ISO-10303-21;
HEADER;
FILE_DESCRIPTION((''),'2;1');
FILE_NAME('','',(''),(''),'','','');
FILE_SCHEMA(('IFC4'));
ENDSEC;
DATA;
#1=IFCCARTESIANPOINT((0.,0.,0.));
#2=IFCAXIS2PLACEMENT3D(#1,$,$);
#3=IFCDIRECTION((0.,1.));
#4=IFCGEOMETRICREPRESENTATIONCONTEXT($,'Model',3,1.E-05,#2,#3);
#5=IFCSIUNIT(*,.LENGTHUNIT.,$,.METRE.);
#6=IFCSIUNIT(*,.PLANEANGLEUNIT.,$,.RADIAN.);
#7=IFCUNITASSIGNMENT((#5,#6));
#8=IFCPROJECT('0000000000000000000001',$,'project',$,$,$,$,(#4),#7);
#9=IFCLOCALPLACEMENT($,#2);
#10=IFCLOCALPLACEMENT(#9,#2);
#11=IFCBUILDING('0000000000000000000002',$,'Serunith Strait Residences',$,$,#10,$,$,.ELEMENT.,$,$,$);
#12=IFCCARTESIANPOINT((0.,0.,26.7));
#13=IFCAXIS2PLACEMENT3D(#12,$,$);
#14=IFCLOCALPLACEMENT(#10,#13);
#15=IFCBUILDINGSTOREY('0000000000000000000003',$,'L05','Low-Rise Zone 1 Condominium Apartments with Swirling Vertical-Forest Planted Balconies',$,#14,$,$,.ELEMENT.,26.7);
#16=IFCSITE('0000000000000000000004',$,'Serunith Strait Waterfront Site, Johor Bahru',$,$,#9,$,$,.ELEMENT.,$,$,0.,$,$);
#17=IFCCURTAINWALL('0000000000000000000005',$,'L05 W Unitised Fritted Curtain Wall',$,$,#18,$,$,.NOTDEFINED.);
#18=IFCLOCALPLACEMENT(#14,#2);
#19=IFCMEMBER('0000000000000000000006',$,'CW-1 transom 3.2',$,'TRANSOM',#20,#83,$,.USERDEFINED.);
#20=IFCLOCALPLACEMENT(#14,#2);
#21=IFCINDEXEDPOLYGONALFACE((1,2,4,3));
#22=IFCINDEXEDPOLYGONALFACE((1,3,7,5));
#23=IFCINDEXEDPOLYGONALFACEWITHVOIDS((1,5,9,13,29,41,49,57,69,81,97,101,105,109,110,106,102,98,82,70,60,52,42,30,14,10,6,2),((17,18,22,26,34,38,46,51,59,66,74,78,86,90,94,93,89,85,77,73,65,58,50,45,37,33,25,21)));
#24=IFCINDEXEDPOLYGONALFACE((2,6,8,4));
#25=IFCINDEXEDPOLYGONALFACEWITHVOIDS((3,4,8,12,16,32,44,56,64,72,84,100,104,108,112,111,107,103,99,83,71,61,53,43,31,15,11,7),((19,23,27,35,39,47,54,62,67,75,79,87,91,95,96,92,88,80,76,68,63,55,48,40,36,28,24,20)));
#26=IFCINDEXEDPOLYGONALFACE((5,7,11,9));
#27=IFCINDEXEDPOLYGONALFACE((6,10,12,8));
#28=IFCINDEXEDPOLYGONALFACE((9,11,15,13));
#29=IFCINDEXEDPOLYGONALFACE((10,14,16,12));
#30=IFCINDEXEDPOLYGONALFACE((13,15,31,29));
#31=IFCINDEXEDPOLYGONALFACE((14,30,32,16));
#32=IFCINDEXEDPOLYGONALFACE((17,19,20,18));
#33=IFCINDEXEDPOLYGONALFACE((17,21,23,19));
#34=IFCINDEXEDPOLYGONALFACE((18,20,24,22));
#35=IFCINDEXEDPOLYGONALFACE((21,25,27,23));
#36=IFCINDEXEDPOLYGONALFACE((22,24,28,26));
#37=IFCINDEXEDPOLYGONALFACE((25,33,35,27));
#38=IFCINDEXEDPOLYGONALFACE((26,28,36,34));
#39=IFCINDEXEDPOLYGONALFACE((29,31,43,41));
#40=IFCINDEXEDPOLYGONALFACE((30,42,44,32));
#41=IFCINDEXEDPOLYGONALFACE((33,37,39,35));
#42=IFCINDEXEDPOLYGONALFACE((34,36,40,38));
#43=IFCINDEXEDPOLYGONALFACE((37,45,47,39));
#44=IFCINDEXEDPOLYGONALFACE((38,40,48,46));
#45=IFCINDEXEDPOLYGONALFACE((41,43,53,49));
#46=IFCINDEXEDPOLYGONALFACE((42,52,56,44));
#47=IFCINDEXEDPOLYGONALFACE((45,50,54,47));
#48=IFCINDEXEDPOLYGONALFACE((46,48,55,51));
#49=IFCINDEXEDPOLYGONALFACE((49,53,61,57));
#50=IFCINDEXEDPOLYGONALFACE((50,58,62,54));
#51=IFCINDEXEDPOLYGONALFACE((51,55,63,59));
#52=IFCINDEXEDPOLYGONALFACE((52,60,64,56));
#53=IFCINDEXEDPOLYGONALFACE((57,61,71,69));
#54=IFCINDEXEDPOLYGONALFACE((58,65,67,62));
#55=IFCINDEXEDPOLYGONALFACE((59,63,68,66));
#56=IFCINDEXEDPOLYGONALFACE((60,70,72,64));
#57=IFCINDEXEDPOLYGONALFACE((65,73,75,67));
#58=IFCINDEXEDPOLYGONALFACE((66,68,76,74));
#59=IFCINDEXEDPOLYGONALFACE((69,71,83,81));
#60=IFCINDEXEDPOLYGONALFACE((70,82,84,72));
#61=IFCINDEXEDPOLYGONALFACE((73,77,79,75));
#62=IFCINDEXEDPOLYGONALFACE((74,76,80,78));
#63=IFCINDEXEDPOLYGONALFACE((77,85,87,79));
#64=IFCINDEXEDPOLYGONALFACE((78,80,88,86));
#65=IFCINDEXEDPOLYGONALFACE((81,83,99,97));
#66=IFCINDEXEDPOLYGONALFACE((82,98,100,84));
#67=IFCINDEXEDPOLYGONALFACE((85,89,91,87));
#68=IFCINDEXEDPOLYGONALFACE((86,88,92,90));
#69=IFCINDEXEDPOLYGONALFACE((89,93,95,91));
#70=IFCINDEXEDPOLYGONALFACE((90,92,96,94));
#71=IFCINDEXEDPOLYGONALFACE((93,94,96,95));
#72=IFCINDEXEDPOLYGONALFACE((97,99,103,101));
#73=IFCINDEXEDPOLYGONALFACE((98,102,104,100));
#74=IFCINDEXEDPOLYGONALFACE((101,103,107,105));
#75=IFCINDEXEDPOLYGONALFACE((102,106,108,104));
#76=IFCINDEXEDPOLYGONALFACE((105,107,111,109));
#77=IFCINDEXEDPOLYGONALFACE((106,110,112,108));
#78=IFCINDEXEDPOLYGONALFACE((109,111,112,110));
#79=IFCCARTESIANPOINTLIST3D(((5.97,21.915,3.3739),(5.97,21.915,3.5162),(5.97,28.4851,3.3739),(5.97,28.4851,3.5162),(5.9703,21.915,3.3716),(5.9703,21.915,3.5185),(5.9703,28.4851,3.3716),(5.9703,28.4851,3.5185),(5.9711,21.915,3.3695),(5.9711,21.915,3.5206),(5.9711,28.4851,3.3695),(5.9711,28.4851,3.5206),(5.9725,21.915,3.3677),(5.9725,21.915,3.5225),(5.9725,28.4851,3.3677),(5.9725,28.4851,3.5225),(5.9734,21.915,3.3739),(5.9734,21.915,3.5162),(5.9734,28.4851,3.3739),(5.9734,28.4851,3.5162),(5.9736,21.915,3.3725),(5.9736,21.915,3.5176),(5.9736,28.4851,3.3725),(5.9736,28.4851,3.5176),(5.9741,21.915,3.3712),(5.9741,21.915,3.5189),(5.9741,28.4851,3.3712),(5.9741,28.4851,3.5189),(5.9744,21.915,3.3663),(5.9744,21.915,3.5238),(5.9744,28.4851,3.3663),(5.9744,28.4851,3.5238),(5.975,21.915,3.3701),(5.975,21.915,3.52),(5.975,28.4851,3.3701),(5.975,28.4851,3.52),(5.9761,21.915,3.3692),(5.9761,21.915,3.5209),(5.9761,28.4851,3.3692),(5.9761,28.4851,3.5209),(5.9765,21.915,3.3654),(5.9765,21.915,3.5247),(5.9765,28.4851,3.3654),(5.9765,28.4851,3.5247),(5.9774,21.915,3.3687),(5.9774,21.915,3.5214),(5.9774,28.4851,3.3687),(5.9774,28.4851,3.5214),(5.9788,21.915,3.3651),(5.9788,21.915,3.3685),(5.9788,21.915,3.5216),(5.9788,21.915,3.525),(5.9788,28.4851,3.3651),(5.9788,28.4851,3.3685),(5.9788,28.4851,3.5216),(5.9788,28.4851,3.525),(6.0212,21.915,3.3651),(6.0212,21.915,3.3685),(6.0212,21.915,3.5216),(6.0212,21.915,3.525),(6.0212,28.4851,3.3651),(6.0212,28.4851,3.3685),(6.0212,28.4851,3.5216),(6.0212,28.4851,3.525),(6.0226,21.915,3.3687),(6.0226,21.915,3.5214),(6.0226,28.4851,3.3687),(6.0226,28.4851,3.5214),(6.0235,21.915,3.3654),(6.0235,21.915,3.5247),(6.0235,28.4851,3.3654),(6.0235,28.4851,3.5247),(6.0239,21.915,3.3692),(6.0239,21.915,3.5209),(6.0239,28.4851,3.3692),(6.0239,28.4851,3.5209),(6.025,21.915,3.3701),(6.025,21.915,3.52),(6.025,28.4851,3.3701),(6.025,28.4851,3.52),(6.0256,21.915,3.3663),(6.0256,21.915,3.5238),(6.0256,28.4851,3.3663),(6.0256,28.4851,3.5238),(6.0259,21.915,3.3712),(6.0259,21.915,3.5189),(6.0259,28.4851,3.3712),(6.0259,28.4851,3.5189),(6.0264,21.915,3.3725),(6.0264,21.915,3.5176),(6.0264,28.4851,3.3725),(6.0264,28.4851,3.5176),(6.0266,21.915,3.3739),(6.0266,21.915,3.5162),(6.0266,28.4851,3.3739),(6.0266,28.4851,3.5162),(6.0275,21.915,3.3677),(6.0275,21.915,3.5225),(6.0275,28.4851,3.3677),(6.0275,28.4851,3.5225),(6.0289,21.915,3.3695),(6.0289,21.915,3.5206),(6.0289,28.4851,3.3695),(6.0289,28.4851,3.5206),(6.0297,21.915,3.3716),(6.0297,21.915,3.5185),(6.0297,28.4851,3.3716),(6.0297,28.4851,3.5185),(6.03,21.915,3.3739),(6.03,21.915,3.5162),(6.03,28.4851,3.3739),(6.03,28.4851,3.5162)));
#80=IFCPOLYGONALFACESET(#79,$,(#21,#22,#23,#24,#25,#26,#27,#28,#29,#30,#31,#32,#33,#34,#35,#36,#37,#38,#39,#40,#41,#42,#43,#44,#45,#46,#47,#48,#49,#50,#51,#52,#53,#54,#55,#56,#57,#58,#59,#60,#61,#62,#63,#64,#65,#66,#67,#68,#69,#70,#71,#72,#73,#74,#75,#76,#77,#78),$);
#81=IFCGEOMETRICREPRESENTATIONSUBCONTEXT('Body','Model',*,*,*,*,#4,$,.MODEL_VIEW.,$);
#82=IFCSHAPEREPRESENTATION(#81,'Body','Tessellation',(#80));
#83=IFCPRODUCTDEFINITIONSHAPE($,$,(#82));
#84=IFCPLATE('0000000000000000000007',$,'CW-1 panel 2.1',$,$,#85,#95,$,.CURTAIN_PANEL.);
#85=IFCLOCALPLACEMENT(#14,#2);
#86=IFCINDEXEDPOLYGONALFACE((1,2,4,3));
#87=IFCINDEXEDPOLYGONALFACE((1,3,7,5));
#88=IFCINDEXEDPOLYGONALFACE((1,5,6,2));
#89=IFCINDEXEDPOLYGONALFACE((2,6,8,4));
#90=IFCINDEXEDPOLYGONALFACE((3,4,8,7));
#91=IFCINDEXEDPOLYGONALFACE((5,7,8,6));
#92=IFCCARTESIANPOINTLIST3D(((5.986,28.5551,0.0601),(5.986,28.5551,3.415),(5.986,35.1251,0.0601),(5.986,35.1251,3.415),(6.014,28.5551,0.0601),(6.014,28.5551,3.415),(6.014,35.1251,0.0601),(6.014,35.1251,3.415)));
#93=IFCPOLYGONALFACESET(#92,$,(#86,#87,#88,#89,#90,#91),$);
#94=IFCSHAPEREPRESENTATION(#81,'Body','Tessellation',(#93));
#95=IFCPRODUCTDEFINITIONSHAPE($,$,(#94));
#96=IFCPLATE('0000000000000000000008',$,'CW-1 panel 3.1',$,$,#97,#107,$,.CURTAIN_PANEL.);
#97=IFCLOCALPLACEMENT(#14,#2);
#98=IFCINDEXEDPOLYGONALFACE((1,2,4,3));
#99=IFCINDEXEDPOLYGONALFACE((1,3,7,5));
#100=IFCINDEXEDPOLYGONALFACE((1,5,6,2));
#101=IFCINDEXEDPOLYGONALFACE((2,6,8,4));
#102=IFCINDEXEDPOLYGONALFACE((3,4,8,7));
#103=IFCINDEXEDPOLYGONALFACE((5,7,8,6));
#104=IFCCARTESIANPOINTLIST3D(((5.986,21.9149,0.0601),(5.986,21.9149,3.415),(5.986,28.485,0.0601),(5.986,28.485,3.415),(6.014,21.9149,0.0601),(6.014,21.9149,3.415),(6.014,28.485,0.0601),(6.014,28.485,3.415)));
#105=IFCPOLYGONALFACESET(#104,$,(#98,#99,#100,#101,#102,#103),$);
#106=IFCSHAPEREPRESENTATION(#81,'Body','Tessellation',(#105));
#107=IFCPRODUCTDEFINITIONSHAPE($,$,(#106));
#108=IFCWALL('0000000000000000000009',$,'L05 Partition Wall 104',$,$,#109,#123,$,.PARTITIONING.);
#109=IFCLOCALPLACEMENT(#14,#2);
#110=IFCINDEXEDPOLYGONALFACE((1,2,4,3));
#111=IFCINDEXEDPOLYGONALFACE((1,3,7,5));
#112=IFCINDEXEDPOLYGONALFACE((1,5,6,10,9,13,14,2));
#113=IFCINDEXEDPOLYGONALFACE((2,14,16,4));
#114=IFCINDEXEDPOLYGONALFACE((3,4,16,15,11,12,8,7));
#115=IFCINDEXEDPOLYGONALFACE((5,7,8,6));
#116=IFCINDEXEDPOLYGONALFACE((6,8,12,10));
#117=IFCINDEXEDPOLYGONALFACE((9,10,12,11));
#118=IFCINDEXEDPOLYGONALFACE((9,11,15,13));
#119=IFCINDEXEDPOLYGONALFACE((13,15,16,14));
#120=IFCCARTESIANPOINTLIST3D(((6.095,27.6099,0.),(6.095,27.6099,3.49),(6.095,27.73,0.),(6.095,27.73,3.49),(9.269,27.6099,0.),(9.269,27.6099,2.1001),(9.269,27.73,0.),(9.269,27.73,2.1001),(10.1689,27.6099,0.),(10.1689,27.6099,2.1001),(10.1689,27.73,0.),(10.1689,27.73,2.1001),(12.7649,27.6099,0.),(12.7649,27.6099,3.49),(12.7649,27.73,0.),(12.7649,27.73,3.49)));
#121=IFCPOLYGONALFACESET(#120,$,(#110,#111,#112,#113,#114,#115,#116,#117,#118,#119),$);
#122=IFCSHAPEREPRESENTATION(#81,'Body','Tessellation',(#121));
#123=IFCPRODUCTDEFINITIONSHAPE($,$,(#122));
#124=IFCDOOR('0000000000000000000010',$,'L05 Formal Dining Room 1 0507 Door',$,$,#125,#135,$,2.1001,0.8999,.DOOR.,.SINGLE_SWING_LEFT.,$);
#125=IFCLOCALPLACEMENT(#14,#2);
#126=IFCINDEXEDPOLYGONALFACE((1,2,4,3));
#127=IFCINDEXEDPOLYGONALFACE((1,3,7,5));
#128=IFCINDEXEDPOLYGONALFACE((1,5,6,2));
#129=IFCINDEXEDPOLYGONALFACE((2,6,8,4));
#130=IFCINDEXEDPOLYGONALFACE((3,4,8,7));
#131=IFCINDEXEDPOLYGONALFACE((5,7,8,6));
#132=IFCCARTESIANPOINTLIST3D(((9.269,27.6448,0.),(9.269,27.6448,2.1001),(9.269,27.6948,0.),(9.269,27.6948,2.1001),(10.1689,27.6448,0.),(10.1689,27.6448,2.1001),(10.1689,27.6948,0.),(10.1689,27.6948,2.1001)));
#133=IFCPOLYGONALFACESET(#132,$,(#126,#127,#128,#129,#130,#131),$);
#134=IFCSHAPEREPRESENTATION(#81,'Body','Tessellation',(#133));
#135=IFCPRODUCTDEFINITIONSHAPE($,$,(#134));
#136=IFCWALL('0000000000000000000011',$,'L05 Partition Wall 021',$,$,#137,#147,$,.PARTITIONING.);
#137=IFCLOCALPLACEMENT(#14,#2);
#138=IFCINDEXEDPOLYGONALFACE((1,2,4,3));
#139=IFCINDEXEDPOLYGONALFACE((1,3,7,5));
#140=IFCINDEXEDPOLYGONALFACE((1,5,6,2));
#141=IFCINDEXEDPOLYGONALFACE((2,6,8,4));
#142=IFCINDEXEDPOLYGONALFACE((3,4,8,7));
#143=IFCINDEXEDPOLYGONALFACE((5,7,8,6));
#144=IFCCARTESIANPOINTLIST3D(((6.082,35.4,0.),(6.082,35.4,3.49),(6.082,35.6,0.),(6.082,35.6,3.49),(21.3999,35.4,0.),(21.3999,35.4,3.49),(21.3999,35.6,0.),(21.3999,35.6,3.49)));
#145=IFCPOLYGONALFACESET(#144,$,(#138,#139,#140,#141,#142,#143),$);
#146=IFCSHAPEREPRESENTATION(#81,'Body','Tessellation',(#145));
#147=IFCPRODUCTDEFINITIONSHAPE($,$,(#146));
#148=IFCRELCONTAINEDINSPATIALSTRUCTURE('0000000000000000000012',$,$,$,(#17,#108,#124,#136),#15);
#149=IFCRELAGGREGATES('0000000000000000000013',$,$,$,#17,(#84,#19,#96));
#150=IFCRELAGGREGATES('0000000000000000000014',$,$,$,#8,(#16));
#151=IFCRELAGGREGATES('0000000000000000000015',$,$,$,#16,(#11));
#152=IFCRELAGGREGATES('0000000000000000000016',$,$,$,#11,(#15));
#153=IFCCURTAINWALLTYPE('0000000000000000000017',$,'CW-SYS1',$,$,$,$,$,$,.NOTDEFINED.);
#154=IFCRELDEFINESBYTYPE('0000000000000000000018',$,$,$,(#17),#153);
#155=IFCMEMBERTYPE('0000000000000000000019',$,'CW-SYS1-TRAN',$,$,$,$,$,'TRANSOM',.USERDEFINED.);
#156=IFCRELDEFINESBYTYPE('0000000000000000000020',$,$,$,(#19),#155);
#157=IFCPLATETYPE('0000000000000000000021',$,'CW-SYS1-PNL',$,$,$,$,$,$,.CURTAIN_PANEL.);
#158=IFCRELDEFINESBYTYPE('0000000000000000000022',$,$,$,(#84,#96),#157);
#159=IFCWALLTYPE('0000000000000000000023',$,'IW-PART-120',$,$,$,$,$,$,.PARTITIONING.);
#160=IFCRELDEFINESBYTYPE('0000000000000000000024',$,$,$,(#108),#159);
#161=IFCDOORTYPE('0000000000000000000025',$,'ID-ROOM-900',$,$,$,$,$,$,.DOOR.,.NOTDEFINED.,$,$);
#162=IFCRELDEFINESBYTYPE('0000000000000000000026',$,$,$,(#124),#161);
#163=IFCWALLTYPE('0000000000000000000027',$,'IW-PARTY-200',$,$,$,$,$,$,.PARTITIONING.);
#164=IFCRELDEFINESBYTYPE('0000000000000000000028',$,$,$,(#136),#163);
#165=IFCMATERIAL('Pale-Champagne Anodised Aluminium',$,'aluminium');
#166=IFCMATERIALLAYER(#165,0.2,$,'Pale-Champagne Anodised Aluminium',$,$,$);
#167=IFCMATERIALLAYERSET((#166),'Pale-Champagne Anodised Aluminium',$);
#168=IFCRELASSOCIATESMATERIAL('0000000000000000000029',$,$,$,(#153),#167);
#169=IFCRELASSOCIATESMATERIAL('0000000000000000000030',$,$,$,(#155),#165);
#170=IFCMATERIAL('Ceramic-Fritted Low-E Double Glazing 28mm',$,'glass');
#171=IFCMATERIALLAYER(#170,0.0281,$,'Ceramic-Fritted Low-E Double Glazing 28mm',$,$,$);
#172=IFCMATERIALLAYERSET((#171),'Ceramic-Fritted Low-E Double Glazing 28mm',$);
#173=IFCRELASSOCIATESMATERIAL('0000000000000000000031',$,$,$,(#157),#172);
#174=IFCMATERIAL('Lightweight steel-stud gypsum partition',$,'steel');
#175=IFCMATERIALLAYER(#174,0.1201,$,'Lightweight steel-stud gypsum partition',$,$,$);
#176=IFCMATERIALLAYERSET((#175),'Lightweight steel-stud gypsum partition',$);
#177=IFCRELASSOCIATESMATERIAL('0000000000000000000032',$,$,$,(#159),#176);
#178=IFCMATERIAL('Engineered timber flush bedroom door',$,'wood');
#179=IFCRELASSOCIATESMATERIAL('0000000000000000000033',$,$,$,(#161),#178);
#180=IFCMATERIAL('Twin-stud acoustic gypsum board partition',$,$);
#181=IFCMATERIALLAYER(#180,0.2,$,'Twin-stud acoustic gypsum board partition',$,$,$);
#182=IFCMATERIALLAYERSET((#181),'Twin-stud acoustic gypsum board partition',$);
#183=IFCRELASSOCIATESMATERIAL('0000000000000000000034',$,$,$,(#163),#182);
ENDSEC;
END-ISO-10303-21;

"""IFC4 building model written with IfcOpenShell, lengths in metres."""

from ifc_helpers import new_model, si_unit, direction, frame, frame_2d, origin, origin_2d, place, context, subcontext, project, spatial, rectangle, hollow_rectangle, extrude, source, transform, mapped, material, layer, layer_set, material_profile, profile_set, type_object, element, fill, aggregate, save


model = new_model("IFC4")

# Units and contexts
model_context = context("Model", 3, precision=1e-05, world=origin(), true_north=direction((0.0, 1.0)))
body_context = subcontext(model_context, "Body", "Model", "MODEL_VIEW")
ifc_project = project(units=[si_unit("LENGTHUNIT", "METRE"), si_unit("PLANEANGLEUNIT", "RADIAN")], contexts=[model_context])

# Site, building, storey
site_placement = place(None, origin())
site = spatial("IfcSite", under=ifc_project, at=site_placement, Name="Serunith Strait Waterfront Site, Johor Bahru", CompositionType="ELEMENT", RefElevation=0.0)
building_placement = place(site_placement, origin())
building = spatial("IfcBuilding", under=site, at=building_placement, Name="Serunith Strait Residences", CompositionType="ELEMENT")
storey_placement = place(building_placement, frame((0.0, 0.0, 26.7)))
storey = spatial("IfcBuildingStorey", under=building, at=storey_placement, Name="L05", Description="Low-Rise Zone 1 Condominium Apartments with Swirling Vertical-Forest Planted Balconies", CompositionType="ELEMENT", Elevation=26.7)

# Curtain wall, member, plates
ifc_material_1 = material(Name="Pale-Champagne Anodised Aluminium", Category="aluminium")
ifc_layer_1 = layer(ifc_material_1, 0.2, Name="Pale-Champagne Anodised Aluminium")
ifc_layer_set_1 = layer_set([ifc_layer_1], Name="Pale-Champagne Anodised Aluminium")
curtain_wall_type = type_object("IfcCurtainWallType", Name="CW-SYS1", PredefinedType="NOTDEFINED", material=ifc_layer_set_1)
curtain_wall_placement = place(storey_placement, origin())
curtain_wall = element("IfcCurtainWall", 1, at=curtain_wall_placement, inside=storey, type_object=curtain_wall_type, Name="L05 W Unitised Fritted Curtain Wall", PredefinedType="NOTDEFINED")
ifc_material_profile_1 = material_profile(ifc_material_1, hollow_rectangle(XDim=0.0601, YDim=0.1599, WallThickness=0.0034, InnerFilletRadius=0.0054, OuterFilletRadius=0.0088, at=origin_2d()), Name="ALU 160x60x3.5")
ifc_profile_set_1 = profile_set([ifc_material_profile_1], Name="Pale-Champagne Anodised Aluminium")
member_type_1 = type_object("IfcMemberType", Name="CW-SYS1-TRAN", ElementType="TRANSOM", PredefinedType="USERDEFINED", material=ifc_profile_set_1)
shared_shape_1 = source(origin(), body_context, "Body", "SweptSolid", [
    extrude(hollow_rectangle(XDim=0.0601, YDim=0.1599, WallThickness=0.0034, InnerFilletRadius=0.0054, OuterFilletRadius=0.0088, at=origin_2d()), origin(), (0.0, 0.0, 1.0), 6.5701),
])
member_1_placement = place(storey_placement, frame((6.0, 28.4851, 3.4451), z_axis=(0.0, -1.0, 0.0), x_axis=(1.0, 0.0, 0.0)))
member_1 = element("IfcMember", 2, at=member_1_placement, type_object=member_type_1, Name="CW-1 transom 3.2", ObjectType="TRANSOM", PredefinedType="USERDEFINED", context=body_context, shape_type="MappedRepresentation", body=[
    mapped(shared_shape_1, transform((0.0, 0.0, 0.0), scale=1.0)),
])
ifc_material_2 = material(Name="Ceramic-Fritted Low-E Double Glazing 28mm", Category="glass")
ifc_layer_2 = layer(ifc_material_2, 0.0281, Name="Ceramic-Fritted Low-E Double Glazing 28mm")
ifc_layer_set_2 = layer_set([ifc_layer_2], Name="Ceramic-Fritted Low-E Double Glazing 28mm")
plate_type = type_object("IfcPlateType", Name="CW-SYS1-PNL", PredefinedType="CURTAIN_PANEL", material=ifc_layer_set_2)
shared_shape_2 = source(origin(), body_context, "Body", "SweptSolid", [
    extrude(rectangle(XDim=6.5701, YDim=0.0281, at=origin_2d()), origin(), (0.0, 0.0, 1.0), 3.355),
])
plate_1_placement = place(storey_placement, frame((6.0, 31.8401, 0.0601), z_axis=(0.0, 0.0, 1.0), x_axis=(0.0, -1.0, 0.0)))
plate_1 = element("IfcPlate", 3, at=plate_1_placement, type_object=plate_type, Name="CW-1 panel 2.1", PredefinedType="CURTAIN_PANEL", context=body_context, shape_type="MappedRepresentation", body=[
    mapped(shared_shape_2, transform((0.0, 0.0, 0.0), scale=1.0)),
])
plate_2_placement = place(storey_placement, frame((6.0, 25.2, 0.0601), z_axis=(0.0, 0.0, 1.0), x_axis=(0.0, -1.0, 0.0)))
plate_2 = element("IfcPlate", 4, at=plate_2_placement, type_object=plate_type, Name="CW-1 panel 3.1", PredefinedType="CURTAIN_PANEL", context=body_context, shape_type="MappedRepresentation", body=[
    mapped(shared_shape_2, transform((0.0, 0.0, 0.0), scale=1.0)),
])
aggregate(curtain_wall, [plate_1, member_1, plate_2])

# Wall, opening, door
ifc_material_3 = material(Name="Lightweight steel-stud gypsum partition", Category="steel")
ifc_layer_3 = layer(ifc_material_3, 0.1201, Name="Lightweight steel-stud gypsum partition")
ifc_layer_set_3 = layer_set([ifc_layer_3], Name="Lightweight steel-stud gypsum partition")
wall_type_1 = type_object("IfcWallType", Name="IW-PART-120", PredefinedType="PARTITIONING", material=ifc_layer_set_3)
wall_1_placement = place(storey_placement, frame((6.095, 27.6699, 0.0), z_axis=(0.0, 0.0, 1.0), x_axis=(1.0, 0.0, 0.0)))
wall_1 = element("IfcWall", 5, at=wall_1_placement, inside=storey, type_object=wall_type_1, Name="L05 Partition Wall 104", PredefinedType="PARTITIONING", context=body_context, shape_type="SweptSolid", body=[
    extrude(rectangle(XDim=6.6699, YDim=0.1201, at=frame_2d((3.335, 0.0))), origin(), (0.0, 0.0, 1.0), 3.49),
])
opening_placement = place(wall_1_placement, frame((3.1741, 0.0, 0.0)))
opening = element("IfcOpeningElement", 6, at=opening_placement, cuts=wall_1, PredefinedType="OPENING", context=body_context, shape_type="SweptSolid", body=[
    extrude(rectangle(XDim=0.8999, YDim=2.1001, at=frame_2d((0.45, 1.05))), frame((0.0, 0.0701, 0.0), z_axis=(0.0, -1.0, 0.0), x_axis=(1.0, 0.0, 0.0)), (0.0, 0.0, 1.0), 0.1401),
])
ifc_material_4 = material(Name="Engineered timber flush bedroom door", Category="wood")
door_type = type_object("IfcDoorType", Name="ID-ROOM-900", OperationType="NOTDEFINED", PredefinedType="DOOR", material=ifc_material_4)
shared_shape_3 = source(origin(), body_context, "Body", "SweptSolid", [
    extrude(rectangle(XDim=0.8999, YDim=2.1001, at=frame_2d((0.45, 1.05))), frame((0.0, 0.0249, 0.0), z_axis=(0.0, -1.0, 0.0), x_axis=(1.0, 0.0, 0.0)), (0.0, 0.0, 1.0), 0.05),
])
door_placement = place(opening_placement, origin())
door = element("IfcDoor", 7, at=door_placement, inside=storey, type_object=door_type, Name="L05 Formal Dining Room 1 0507 Door", OperationType="SINGLE_SWING_LEFT", OverallHeight=2.1001, OverallWidth=0.8999, PredefinedType="DOOR", context=body_context, shape_type="MappedRepresentation", body=[
    mapped(shared_shape_3, transform((0.0, 0.0, 0.0), scale=1.0)),
])
fill(opening, door)

# Wall
ifc_material_5 = material(Name="Twin-stud acoustic gypsum board partition")
ifc_layer_4 = layer(ifc_material_5, 0.2, Name="Twin-stud acoustic gypsum board partition")
ifc_layer_set_4 = layer_set([ifc_layer_4], Name="Twin-stud acoustic gypsum board partition")
wall_type_2 = type_object("IfcWallType", Name="IW-PARTY-200", PredefinedType="PARTITIONING", material=ifc_layer_set_4)
wall_2_placement = place(storey_placement, frame((6.082, 35.5, 0.0), z_axis=(0.0, 0.0, 1.0), x_axis=(1.0, 0.0, 0.0)))
element("IfcWall", 8, at=wall_2_placement, inside=storey, type_object=wall_type_2, Name="L05 Partition Wall 021", PredefinedType="PARTITIONING", context=body_context, shape_type="SweptSolid", body=[
    extrude(rectangle(XDim=15.3179, YDim=0.2, at=frame_2d((7.6589, 0.0))), origin(), (0.0, 0.0, 1.0), 3.49),
])

save(model, "model.ifc")
